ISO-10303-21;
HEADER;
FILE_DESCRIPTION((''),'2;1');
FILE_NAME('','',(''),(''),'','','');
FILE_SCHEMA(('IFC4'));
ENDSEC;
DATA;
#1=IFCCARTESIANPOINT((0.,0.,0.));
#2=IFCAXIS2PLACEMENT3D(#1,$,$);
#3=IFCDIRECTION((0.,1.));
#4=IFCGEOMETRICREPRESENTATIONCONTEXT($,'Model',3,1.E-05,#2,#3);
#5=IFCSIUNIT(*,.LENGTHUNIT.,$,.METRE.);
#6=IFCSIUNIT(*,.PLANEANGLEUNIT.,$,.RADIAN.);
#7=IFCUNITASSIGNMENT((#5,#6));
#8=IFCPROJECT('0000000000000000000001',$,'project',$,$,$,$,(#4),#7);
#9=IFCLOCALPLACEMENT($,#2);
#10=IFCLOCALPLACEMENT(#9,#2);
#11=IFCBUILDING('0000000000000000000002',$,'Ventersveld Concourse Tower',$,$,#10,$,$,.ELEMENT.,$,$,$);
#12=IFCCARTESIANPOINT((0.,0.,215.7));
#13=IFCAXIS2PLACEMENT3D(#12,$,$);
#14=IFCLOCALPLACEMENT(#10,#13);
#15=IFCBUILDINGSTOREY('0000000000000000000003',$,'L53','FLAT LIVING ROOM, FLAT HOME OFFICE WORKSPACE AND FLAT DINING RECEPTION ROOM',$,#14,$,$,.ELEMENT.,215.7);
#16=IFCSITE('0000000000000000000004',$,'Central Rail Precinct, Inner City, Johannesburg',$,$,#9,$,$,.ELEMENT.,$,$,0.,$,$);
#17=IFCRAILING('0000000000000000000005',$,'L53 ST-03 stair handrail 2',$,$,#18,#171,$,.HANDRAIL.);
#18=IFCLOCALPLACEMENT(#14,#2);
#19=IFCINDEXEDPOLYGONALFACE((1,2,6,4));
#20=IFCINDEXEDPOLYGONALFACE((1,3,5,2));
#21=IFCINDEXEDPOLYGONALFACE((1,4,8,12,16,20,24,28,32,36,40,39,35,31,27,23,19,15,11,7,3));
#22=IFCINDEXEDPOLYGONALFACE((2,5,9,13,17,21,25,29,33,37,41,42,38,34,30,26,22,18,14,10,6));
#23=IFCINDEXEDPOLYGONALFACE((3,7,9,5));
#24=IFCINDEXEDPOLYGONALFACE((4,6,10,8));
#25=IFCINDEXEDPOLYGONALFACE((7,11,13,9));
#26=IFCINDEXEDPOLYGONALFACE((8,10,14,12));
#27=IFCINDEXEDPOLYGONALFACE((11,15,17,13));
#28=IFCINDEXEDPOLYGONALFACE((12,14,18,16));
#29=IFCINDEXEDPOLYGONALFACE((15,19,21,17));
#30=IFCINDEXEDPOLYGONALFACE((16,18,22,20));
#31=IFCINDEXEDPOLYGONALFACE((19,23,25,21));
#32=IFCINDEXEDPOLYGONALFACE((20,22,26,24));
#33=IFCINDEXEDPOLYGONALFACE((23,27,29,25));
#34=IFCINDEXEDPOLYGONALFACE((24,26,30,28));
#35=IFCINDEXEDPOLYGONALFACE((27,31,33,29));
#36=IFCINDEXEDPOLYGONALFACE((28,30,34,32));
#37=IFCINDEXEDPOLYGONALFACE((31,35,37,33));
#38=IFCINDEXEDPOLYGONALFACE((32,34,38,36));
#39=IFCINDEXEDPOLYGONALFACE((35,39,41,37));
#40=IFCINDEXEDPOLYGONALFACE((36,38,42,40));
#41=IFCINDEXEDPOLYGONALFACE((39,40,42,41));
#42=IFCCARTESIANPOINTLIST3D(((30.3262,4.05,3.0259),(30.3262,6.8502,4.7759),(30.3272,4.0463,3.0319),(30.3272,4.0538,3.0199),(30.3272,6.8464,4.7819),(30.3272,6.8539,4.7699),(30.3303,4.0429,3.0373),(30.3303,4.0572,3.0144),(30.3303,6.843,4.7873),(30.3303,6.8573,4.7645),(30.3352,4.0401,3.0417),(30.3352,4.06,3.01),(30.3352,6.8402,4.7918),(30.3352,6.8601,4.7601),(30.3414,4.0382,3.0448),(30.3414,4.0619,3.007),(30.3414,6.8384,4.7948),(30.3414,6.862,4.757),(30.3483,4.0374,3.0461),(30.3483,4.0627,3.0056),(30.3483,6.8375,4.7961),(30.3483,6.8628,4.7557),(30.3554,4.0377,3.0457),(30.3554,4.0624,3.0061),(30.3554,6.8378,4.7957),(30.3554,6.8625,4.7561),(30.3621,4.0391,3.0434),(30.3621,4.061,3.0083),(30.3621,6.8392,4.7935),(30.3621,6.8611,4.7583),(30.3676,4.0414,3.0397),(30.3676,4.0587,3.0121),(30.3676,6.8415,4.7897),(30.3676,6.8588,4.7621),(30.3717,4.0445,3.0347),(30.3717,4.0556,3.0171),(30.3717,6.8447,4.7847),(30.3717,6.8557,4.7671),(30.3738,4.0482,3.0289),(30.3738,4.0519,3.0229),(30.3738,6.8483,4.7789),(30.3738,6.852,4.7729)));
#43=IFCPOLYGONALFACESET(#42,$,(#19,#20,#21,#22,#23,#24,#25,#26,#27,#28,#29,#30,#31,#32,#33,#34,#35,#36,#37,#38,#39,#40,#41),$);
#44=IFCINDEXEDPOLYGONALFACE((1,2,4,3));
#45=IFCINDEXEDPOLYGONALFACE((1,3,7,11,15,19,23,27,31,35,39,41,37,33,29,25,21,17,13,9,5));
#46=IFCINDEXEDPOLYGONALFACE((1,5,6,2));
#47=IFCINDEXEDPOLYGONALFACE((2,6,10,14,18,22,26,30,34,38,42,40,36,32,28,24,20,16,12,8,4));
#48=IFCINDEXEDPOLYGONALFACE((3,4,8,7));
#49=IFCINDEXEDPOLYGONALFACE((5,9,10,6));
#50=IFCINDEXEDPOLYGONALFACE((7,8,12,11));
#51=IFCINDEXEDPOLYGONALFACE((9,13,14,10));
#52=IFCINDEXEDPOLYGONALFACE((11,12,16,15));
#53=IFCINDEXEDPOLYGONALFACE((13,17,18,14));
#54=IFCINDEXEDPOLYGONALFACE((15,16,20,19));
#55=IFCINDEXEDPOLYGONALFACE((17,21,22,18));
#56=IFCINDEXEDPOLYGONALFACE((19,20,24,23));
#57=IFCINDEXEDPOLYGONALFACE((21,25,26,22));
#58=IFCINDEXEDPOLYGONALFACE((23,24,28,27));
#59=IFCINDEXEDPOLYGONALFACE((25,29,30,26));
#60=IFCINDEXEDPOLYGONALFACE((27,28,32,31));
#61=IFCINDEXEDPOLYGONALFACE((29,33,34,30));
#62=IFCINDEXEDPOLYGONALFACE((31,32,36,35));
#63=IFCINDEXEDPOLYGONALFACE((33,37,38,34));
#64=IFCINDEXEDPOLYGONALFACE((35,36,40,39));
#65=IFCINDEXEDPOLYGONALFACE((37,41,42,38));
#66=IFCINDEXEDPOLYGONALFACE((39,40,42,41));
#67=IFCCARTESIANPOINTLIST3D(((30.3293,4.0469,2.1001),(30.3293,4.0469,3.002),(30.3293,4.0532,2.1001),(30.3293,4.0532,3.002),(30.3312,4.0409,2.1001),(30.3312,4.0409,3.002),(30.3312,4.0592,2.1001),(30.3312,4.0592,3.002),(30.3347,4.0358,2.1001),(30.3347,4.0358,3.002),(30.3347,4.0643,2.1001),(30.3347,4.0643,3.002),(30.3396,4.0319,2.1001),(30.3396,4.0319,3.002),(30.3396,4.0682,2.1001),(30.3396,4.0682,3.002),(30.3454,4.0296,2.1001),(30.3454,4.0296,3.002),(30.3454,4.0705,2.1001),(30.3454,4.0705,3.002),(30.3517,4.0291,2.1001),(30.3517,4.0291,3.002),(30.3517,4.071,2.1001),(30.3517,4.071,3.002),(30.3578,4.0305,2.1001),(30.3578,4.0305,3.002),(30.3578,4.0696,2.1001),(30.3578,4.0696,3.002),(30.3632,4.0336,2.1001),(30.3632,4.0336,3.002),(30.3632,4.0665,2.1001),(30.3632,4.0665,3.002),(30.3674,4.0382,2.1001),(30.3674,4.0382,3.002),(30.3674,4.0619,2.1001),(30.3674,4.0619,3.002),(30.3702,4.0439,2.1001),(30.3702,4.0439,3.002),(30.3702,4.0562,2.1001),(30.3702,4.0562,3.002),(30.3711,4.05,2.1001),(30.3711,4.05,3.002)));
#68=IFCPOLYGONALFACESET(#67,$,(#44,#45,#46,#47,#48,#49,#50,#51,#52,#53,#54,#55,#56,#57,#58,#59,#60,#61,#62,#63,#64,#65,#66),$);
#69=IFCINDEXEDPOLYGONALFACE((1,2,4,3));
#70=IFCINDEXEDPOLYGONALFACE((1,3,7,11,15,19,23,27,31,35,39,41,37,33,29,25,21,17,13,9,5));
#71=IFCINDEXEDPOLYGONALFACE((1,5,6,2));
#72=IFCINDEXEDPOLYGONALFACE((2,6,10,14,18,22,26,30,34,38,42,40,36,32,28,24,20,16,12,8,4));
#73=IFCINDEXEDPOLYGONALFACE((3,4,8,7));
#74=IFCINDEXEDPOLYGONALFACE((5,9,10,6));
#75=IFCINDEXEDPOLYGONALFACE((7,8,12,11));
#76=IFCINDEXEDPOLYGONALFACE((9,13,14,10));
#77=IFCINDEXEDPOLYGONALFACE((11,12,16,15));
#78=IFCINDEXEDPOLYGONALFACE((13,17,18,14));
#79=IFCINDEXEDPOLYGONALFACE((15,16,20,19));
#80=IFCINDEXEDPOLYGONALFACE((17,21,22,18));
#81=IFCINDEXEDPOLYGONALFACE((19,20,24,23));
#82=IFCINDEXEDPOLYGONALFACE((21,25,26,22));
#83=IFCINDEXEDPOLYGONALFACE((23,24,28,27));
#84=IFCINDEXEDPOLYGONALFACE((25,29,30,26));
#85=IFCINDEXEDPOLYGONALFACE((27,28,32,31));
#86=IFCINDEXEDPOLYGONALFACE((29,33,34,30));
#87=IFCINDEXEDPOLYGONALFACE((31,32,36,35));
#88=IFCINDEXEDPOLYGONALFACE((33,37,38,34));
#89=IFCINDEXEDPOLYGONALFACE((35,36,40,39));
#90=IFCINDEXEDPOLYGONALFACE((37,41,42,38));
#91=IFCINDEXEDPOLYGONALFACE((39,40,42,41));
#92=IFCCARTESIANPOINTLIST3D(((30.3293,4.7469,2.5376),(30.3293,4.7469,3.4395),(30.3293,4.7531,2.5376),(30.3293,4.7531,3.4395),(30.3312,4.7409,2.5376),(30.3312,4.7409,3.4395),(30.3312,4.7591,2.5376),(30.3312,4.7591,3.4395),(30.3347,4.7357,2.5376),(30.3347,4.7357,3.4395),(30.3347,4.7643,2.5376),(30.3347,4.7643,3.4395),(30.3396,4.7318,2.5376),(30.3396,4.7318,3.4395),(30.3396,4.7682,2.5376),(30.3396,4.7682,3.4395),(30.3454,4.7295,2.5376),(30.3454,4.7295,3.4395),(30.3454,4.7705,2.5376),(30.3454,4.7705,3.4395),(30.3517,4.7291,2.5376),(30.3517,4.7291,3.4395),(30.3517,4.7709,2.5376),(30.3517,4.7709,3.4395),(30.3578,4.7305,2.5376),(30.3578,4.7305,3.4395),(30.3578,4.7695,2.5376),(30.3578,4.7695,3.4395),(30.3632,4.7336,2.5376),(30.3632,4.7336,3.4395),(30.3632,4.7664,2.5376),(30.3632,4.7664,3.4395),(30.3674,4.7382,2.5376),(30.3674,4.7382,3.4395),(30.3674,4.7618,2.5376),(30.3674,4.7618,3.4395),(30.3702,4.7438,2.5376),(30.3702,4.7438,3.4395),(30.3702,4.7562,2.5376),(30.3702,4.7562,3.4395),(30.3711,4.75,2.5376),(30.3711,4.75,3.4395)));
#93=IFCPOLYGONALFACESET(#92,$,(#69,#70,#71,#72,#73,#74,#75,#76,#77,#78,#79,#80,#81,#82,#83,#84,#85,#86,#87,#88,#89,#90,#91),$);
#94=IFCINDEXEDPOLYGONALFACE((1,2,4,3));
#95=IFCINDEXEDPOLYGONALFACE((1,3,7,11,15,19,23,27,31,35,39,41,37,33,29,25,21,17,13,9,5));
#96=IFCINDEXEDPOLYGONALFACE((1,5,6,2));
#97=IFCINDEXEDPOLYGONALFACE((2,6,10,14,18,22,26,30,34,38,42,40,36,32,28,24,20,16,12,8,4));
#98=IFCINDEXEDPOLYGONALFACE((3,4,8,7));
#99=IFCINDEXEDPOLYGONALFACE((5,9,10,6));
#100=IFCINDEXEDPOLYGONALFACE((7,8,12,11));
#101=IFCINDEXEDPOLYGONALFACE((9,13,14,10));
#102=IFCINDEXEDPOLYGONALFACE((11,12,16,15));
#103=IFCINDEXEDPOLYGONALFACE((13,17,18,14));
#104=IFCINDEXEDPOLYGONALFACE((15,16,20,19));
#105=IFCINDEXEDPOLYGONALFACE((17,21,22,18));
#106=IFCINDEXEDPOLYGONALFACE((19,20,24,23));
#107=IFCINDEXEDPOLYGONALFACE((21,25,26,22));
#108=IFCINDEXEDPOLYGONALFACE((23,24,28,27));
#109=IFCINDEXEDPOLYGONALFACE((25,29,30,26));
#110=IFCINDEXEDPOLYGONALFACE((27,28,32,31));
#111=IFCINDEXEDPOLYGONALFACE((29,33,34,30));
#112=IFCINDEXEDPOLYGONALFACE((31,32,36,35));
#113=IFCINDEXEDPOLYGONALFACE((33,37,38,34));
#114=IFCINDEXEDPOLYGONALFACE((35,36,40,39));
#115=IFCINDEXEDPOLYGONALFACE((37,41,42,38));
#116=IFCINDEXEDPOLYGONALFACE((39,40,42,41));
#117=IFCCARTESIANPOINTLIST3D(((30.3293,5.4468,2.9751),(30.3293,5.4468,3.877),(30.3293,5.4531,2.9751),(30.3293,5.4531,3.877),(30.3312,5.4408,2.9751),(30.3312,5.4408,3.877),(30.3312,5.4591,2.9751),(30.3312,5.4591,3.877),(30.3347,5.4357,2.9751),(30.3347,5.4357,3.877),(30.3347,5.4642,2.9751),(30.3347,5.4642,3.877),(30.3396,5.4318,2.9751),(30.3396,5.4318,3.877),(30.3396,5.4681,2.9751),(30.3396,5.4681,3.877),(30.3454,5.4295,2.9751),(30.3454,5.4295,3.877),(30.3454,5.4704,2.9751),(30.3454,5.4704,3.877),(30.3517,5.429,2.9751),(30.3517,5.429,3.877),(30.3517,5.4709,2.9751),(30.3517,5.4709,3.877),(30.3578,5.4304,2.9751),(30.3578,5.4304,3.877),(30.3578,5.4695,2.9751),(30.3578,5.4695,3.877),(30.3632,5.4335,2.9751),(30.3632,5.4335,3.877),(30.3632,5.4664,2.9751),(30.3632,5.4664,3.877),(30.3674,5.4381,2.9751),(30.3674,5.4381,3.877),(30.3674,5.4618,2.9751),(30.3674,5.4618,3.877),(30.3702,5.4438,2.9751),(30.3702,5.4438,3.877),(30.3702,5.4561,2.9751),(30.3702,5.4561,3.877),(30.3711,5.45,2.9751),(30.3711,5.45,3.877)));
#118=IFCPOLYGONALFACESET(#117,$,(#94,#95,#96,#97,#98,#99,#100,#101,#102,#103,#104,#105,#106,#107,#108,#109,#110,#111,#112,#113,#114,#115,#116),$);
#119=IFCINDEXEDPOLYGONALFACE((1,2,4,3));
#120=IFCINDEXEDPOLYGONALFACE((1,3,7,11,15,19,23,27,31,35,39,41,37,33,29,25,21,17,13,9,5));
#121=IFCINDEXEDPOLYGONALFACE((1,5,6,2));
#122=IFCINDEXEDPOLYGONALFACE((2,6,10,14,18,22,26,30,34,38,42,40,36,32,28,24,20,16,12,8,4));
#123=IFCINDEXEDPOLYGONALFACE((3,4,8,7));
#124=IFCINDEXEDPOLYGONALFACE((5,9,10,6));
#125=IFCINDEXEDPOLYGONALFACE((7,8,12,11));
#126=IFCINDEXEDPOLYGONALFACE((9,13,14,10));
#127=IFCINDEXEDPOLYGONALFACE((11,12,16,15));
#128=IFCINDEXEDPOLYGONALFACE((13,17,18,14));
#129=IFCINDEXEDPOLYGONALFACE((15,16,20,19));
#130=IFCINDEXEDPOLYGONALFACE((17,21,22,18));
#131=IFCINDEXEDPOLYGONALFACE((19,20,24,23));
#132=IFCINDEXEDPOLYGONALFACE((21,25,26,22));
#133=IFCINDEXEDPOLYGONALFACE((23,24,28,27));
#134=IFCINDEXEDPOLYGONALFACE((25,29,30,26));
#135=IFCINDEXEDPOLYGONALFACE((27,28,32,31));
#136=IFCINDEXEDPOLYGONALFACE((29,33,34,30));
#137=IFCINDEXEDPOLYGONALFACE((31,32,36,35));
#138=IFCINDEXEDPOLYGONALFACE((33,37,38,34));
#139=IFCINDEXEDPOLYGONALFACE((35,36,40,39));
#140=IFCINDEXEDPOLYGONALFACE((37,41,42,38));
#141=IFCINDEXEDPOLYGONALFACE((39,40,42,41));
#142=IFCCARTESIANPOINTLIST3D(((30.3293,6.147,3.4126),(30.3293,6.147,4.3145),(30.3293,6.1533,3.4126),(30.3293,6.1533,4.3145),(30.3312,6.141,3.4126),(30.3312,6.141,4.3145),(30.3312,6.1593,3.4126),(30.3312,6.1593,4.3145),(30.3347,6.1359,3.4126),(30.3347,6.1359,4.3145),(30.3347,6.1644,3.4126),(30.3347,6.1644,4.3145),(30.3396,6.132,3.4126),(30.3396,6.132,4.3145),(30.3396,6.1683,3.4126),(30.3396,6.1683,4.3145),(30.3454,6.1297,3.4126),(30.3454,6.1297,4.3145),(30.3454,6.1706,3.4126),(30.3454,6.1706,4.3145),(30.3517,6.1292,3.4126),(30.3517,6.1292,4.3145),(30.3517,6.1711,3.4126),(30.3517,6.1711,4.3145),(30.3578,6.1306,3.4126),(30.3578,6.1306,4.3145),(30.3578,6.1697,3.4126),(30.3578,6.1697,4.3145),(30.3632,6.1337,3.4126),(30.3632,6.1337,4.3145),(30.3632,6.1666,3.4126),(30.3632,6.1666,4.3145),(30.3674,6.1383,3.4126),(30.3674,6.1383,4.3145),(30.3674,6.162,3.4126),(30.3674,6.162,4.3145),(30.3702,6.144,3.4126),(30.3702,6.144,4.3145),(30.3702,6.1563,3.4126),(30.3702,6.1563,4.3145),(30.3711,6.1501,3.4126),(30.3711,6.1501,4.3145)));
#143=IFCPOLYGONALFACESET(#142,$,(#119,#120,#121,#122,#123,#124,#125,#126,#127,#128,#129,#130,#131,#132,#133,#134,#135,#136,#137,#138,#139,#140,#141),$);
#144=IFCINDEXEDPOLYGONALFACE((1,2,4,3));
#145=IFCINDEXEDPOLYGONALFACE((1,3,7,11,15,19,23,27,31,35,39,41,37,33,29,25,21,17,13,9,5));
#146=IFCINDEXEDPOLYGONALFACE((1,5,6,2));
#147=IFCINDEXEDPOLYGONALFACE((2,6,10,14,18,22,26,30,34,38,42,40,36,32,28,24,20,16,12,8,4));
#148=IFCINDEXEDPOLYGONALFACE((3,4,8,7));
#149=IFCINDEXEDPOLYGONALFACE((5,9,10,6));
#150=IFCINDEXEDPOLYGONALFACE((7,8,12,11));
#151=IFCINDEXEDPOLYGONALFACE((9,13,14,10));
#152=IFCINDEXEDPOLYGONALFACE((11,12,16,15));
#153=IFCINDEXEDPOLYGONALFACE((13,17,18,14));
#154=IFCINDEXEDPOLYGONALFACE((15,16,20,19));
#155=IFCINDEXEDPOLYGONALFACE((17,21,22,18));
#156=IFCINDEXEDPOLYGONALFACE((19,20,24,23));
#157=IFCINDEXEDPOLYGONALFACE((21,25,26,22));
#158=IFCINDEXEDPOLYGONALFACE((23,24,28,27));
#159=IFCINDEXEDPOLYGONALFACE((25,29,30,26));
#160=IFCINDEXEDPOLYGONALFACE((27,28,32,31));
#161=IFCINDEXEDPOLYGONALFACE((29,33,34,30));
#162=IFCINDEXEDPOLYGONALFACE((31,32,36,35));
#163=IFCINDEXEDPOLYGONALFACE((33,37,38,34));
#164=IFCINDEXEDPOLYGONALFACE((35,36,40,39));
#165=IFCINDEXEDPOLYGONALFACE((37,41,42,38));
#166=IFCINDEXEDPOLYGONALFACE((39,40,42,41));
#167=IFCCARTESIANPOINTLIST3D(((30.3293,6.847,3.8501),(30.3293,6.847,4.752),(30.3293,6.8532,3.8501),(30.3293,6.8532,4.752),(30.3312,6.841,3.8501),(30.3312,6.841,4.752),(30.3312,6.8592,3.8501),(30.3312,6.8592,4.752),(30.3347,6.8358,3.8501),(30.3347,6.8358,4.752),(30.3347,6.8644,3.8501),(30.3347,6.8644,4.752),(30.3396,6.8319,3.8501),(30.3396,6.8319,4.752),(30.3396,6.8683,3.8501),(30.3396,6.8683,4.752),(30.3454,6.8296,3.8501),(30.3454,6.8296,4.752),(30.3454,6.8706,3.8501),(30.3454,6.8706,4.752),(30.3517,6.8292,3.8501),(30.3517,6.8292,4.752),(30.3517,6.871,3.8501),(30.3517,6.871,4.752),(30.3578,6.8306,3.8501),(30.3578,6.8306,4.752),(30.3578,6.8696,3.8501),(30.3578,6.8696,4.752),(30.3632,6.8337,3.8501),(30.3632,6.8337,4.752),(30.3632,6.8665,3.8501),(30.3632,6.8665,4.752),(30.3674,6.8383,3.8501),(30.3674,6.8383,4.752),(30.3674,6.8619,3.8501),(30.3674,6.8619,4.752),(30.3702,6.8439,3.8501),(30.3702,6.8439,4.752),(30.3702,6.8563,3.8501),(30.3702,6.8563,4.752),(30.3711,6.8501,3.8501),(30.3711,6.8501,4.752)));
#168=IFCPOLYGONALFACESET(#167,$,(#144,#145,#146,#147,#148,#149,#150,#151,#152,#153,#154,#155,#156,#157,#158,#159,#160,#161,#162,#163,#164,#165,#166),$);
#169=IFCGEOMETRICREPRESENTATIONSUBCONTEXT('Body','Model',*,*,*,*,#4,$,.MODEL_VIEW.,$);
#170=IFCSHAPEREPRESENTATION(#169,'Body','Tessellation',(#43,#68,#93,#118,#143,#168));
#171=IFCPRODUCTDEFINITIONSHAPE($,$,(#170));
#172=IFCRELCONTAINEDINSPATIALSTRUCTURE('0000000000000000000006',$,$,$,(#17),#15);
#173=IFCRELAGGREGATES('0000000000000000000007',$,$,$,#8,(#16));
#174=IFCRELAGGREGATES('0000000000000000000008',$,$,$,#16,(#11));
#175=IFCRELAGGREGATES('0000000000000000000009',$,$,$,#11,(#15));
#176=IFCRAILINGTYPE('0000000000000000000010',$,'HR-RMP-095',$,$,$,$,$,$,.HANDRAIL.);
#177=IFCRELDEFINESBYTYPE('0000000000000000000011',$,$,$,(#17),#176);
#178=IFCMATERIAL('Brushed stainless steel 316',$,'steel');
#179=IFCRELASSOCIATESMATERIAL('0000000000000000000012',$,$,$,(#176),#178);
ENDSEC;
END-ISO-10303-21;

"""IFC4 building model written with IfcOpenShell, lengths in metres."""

from ifc_helpers import new_model, si_unit, direction, frame, origin, origin_2d, place, context, subcontext, project, spatial, circle, extrude, material, type_object, element, save


model = new_model("IFC4")

# Units and contexts
model_context = context("Model", 3, precision=1e-05, world=origin(), true_north=direction((0.0, 1.0)))
body_context = subcontext(model_context, "Body", "Model", "MODEL_VIEW")
ifc_project = project(units=[si_unit("LENGTHUNIT", "METRE"), si_unit("PLANEANGLEUNIT", "RADIAN")], contexts=[model_context])

# Site, building, storey
site_placement = place(None, origin())
site = spatial("IfcSite", under=ifc_project, at=site_placement, Name="Central Rail Precinct, Inner City, Johannesburg", CompositionType="ELEMENT", RefElevation=0.0)
building_placement = place(site_placement, origin())
building = spatial("IfcBuilding", under=site, at=building_placement, Name="Ventersveld Concourse Tower", CompositionType="ELEMENT")
storey_placement = place(building_placement, frame((0.0, 0.0, 215.7)))
storey = spatial("IfcBuildingStorey", under=building, at=storey_placement, Name="L53", Description="FLAT LIVING ROOM, FLAT HOME OFFICE WORKSPACE AND FLAT DINING RECEPTION ROOM", CompositionType="ELEMENT", Elevation=215.7)

# Shared definitions
ifc_material_1 = material(Name="Brushed stainless steel 316", Category="steel")

# Railing
railing_type_1 = type_object("IfcRailingType", Name="HR-RMP-095", PredefinedType="HANDRAIL", material=ifc_material_1)
railing_1_placement = place(storey_placement, frame((30.3501, 4.05, 2.1001)))
element("IfcRailing", 1, at=railing_1_placement, inside=storey, type_object=railing_type_1, Name="L53 ST-03 stair handrail 2", PredefinedType="HANDRAIL", context=body_context, shape_type="SweptSolid", body=[
    extrude(circle(Radius=0.0239, at=origin_2d()), frame((0.0, 0.0, 0.9258), z_axis=(0.0, 0.848002, 0.529992), x_axis=(-1.0, 0.0, 0.0)), (0.0, 0.0, 1.0), 3.302),
    extrude(circle(Radius=0.021, at=origin_2d()), origin(), (0.0, 0.0, 1.0), 0.9019),
    extrude(circle(Radius=0.021, at=origin_2d()), frame((0.0, 0.7, 0.4375)), (0.0, 0.0, 1.0), 0.9019),
    extrude(circle(Radius=0.021, at=origin_2d()), frame((0.0, 1.3999, 0.875)), (0.0, 0.0, 1.0), 0.9019),
    extrude(circle(Radius=0.021, at=origin_2d()), frame((0.0, 2.1001, 1.3125)), (0.0, 0.0, 1.0), 0.9019),
    extrude(circle(Radius=0.021, at=origin_2d()), frame((0.0, 2.8, 1.75)), (0.0, 0.0, 1.0), 0.9019),
])

save(model, "model.ifc")
